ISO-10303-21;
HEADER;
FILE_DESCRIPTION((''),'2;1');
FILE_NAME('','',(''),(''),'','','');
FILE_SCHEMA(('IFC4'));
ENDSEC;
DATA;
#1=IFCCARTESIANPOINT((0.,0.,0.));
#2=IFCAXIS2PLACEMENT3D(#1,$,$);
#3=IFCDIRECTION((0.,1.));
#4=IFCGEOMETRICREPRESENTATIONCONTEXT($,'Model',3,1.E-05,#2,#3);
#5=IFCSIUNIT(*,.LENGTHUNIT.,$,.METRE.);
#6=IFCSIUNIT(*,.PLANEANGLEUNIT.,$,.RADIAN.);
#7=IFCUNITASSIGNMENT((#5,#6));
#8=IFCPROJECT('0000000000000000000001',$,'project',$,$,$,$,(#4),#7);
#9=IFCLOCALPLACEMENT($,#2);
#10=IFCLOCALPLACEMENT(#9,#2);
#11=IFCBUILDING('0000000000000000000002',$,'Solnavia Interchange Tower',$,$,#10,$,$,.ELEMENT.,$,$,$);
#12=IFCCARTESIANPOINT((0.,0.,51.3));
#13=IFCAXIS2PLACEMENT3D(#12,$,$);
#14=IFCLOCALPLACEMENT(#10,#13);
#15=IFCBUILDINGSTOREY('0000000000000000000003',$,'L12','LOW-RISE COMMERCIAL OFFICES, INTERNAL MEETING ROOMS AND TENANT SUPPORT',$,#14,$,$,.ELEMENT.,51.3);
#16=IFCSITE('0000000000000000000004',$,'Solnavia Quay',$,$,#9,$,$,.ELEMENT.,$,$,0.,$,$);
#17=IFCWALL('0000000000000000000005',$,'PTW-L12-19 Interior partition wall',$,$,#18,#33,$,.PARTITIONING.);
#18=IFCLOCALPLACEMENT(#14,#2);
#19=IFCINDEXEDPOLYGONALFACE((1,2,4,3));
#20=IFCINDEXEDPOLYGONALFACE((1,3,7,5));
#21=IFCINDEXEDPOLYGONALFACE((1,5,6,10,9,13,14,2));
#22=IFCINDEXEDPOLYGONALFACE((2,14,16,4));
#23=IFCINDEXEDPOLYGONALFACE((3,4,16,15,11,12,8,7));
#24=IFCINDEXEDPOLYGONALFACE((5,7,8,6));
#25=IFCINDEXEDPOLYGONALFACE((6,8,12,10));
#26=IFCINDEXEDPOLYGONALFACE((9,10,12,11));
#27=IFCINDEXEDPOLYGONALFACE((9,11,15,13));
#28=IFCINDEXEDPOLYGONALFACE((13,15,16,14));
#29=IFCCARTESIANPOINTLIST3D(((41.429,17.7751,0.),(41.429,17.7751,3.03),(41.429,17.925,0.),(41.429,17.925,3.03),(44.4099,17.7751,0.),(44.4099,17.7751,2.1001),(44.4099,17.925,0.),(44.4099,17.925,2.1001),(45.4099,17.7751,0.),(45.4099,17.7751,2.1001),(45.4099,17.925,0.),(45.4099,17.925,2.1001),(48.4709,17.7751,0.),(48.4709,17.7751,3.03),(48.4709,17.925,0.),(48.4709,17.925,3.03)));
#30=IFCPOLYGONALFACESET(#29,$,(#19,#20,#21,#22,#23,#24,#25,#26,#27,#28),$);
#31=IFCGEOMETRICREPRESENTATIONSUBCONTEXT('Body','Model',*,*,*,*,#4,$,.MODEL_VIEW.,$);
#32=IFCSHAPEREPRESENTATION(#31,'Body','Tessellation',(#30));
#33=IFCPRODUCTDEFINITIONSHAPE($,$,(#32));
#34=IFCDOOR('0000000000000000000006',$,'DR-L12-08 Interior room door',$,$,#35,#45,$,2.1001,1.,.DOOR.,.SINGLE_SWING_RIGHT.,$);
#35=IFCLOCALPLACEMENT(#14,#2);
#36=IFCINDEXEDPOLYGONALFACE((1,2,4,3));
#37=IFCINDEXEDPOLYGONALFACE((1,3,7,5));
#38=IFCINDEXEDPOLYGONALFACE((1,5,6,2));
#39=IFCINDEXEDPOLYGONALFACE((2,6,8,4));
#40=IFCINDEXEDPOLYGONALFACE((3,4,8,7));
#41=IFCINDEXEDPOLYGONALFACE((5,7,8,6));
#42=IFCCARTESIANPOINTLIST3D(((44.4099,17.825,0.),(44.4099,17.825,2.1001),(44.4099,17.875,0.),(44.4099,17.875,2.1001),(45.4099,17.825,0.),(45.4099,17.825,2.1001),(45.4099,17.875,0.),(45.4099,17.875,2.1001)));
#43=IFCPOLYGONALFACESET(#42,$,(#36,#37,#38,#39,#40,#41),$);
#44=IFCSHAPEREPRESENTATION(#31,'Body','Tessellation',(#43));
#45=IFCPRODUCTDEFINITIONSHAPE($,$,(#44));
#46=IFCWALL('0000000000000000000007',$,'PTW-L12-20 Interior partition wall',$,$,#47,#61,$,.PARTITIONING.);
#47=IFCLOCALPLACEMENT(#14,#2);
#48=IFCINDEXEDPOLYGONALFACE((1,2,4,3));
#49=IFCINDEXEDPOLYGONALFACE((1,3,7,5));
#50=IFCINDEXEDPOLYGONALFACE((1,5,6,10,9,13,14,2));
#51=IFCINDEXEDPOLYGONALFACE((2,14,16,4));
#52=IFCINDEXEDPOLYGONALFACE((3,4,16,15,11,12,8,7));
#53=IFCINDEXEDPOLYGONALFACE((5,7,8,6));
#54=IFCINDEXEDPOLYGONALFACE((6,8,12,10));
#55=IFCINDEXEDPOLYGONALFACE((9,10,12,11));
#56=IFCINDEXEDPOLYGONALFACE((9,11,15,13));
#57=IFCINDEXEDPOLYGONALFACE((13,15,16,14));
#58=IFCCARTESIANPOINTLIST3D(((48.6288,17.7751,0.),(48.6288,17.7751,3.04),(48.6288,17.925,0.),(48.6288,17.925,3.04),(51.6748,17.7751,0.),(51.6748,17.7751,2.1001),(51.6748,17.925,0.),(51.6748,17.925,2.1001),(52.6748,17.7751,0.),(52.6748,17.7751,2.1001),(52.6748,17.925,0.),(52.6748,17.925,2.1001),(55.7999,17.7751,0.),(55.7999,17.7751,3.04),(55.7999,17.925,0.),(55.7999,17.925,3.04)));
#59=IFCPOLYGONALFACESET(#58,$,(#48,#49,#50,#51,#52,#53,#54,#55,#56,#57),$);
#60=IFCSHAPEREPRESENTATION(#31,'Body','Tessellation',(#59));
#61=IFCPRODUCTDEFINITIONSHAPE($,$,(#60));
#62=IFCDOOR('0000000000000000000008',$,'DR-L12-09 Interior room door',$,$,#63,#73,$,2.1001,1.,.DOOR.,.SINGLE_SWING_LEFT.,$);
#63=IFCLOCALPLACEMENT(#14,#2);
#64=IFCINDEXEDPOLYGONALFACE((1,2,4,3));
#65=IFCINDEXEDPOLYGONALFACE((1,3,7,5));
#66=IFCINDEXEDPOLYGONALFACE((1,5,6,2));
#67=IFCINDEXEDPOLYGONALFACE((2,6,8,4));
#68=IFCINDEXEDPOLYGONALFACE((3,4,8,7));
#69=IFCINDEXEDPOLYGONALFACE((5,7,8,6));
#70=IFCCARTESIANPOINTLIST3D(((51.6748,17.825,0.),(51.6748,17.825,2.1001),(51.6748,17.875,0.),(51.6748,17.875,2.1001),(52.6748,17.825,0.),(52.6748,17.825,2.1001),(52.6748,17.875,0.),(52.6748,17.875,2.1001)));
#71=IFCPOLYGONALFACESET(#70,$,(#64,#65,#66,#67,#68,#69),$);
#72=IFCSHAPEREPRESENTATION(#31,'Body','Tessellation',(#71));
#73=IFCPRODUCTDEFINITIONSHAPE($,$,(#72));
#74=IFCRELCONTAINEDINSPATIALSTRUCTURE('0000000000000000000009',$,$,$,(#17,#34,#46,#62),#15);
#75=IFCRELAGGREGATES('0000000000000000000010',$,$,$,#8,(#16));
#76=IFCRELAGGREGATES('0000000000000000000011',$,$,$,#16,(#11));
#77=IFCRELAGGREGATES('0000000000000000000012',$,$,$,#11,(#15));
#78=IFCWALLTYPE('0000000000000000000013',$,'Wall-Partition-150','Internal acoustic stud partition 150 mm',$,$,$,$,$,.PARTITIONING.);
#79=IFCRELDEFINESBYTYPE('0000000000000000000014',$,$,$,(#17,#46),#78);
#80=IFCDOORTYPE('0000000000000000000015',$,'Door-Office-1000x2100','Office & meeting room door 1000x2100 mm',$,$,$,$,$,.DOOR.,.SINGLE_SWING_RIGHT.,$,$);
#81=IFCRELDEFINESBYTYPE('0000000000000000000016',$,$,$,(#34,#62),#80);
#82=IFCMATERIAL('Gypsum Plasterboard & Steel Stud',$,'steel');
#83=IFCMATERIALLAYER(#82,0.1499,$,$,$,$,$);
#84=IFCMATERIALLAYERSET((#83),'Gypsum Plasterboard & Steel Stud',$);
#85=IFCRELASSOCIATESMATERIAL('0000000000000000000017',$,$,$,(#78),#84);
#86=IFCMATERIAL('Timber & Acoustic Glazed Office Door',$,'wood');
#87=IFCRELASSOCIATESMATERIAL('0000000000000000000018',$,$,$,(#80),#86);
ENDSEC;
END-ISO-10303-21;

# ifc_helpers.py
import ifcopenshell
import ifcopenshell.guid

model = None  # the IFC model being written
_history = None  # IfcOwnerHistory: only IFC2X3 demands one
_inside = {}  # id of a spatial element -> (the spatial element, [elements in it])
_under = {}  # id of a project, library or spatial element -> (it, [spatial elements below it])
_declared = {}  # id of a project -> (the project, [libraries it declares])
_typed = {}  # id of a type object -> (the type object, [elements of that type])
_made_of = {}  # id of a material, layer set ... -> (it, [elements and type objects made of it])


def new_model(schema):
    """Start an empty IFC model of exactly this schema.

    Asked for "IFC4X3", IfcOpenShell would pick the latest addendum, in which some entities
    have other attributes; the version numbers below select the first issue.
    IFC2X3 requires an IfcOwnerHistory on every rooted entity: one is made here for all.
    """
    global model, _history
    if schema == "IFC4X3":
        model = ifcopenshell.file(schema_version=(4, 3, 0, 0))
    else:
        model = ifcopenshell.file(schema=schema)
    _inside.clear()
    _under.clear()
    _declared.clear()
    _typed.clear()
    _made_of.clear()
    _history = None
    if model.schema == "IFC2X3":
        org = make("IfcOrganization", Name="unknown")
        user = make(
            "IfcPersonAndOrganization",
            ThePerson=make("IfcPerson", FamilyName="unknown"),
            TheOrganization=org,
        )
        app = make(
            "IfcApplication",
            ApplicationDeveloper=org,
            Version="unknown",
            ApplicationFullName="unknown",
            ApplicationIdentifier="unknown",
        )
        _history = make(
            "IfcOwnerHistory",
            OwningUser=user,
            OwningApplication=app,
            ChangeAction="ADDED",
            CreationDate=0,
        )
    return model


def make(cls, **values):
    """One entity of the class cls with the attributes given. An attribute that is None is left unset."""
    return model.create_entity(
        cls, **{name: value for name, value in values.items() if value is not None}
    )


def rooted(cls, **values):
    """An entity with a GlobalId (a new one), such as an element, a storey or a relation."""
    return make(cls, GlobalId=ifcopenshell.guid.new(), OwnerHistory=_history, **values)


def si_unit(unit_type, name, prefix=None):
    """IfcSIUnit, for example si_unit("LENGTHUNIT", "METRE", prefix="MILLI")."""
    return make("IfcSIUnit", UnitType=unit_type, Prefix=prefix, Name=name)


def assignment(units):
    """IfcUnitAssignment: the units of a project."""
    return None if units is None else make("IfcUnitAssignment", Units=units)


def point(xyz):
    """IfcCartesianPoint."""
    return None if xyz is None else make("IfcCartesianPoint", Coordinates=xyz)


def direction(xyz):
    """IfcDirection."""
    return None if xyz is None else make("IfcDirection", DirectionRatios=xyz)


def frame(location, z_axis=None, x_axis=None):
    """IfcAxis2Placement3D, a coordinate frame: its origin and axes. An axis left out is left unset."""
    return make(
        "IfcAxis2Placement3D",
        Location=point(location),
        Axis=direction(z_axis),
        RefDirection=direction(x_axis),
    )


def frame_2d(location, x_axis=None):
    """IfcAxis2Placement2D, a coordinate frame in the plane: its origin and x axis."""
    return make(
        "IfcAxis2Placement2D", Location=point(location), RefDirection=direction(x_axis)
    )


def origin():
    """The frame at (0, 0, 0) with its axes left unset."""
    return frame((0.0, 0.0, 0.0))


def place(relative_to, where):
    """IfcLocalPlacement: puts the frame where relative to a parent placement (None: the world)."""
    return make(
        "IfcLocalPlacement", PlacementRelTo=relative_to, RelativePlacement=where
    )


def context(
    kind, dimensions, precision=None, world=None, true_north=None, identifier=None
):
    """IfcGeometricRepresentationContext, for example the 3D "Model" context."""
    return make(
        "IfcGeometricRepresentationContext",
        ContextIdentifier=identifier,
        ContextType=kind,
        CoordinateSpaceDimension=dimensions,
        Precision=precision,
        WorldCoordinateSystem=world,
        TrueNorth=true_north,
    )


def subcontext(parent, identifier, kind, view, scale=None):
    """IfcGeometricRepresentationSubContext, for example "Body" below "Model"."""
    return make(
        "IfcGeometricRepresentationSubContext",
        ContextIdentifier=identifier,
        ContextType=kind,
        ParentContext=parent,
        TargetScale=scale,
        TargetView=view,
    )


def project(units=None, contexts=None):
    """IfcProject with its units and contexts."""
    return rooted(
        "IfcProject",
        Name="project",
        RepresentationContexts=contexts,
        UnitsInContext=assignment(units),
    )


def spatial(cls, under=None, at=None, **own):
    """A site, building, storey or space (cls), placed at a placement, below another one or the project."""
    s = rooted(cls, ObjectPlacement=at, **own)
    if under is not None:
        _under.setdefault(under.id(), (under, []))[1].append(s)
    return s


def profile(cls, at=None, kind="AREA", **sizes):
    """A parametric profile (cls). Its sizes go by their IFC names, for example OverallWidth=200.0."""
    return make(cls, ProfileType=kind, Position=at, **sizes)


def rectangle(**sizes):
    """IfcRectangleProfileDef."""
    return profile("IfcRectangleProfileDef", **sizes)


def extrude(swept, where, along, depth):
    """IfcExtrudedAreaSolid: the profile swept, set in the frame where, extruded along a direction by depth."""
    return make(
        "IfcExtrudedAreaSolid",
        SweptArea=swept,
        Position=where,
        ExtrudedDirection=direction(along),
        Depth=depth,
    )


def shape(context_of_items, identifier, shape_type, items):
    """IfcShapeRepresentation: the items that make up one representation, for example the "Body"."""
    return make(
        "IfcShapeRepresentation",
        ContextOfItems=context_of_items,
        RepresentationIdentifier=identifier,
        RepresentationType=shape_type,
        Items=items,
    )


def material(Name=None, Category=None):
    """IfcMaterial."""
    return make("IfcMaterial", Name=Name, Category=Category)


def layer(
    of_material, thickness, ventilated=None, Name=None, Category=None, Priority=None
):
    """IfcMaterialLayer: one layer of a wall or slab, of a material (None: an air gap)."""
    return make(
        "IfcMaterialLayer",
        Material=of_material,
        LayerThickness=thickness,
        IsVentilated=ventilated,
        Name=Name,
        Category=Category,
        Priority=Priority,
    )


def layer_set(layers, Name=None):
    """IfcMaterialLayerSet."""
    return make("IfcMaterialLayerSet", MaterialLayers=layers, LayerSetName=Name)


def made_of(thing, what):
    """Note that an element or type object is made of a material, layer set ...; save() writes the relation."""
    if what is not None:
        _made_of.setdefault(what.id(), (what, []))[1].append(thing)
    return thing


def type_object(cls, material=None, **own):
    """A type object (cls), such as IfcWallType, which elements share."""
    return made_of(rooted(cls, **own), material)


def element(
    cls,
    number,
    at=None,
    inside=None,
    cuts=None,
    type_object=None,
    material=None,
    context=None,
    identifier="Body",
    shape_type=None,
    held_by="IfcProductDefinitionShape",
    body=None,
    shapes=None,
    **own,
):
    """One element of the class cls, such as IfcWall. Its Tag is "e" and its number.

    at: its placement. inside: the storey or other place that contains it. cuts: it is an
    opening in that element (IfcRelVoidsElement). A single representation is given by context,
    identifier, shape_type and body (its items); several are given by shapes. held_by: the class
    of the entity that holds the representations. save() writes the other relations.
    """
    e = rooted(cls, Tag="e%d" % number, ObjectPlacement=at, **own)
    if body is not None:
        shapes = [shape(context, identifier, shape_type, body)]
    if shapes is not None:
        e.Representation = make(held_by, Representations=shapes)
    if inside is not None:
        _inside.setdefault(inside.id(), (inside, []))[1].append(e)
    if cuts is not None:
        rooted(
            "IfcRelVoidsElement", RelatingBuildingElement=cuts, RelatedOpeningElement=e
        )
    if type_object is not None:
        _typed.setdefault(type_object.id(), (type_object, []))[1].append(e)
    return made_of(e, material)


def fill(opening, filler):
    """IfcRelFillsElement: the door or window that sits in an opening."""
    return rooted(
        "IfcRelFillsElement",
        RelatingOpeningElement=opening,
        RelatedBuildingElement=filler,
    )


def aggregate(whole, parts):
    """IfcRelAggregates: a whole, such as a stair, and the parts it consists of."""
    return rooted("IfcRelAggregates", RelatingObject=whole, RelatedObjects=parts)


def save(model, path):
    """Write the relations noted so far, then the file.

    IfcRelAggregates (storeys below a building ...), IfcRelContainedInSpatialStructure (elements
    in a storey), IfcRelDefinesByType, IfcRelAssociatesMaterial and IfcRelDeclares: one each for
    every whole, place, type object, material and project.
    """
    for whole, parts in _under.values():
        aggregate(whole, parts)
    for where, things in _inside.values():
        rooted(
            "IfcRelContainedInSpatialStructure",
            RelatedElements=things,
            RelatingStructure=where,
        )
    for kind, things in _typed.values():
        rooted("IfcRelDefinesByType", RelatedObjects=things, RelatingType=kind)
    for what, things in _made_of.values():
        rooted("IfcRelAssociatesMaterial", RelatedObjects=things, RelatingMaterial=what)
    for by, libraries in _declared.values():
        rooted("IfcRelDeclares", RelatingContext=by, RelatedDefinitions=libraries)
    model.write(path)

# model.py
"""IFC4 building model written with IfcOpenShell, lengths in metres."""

from ifc_helpers import new_model, si_unit, direction, frame, frame_2d, origin, place, context, subcontext, project, spatial, rectangle, extrude, material, layer, layer_set, type_object, element, fill, save


model = new_model("IFC4")

# Units and contexts
model_context = context("Model", 3, precision=1e-05, world=origin(), true_north=direction((0.0, 1.0)))
body_context = subcontext(model_context, "Body", "Model", "MODEL_VIEW")
ifc_project = project(units=[si_unit("LENGTHUNIT", "METRE"), si_unit("PLANEANGLEUNIT", "RADIAN")], contexts=[model_context])

# Site, building, storey
site_placement = place(None, origin())
site = spatial("IfcSite", under=ifc_project, at=site_placement, Name="Solnavia Quay", CompositionType="ELEMENT", RefElevation=0.0)
building_placement = place(site_placement, origin())
building = spatial("IfcBuilding", under=site, at=building_placement, Name="Solnavia Interchange Tower", CompositionType="ELEMENT")
storey_placement = place(building_placement, frame((0.0, 0.0, 51.3)))
storey = spatial("IfcBuildingStorey", under=building, at=storey_placement, Name="L12", Description="LOW-RISE COMMERCIAL OFFICES, INTERNAL MEETING ROOMS AND TENANT SUPPORT", CompositionType="ELEMENT", Elevation=51.3)

# Shared definitions
ifc_material_1 = material(Name="Gypsum Plasterboard & Steel Stud", Category="steel")
ifc_layer_1 = layer(ifc_material_1, 0.1499)
ifc_layer_set_1 = layer_set([ifc_layer_1], Name="Gypsum Plasterboard & Steel Stud")
wall_type_1 = type_object("IfcWallType", Name="Wall-Partition-150", Description="Internal acoustic stud partition 150 mm", PredefinedType="PARTITIONING", material=ifc_layer_set_1)

# Walls, openings, doors
wall_1_placement = place(storey_placement, frame((41.429, 17.8501, 0.0), z_axis=(0.0, 0.0, 1.0), x_axis=(1.0, 0.0, 0.0)))
wall_1 = element("IfcWall", 1, at=wall_1_placement, inside=storey, type_object=wall_type_1, Name="PTW-L12-19 Interior partition wall", PredefinedType="PARTITIONING", context=body_context, shape_type="SweptSolid", body=[
    extrude(rectangle(XDim=7.042, YDim=0.1499, at=frame_2d((3.521, 0.0))), origin(), (0.0, 0.0, 1.0), 3.03),
])
opening_1_placement = place(wall_1_placement, frame((2.981, 0.0, 0.0)))
opening_1 = element("IfcOpeningElement", 2, at=opening_1_placement, cuts=wall_1, PredefinedType="OPENING", context=body_context, shape_type="SweptSolid", body=[
    extrude(rectangle(XDim=1.0, YDim=2.1001, at=frame_2d((0.5, 1.05))), frame((0.0, 0.085, 0.0), z_axis=(0.0, -1.0, 0.0), x_axis=(1.0, 0.0, 0.0)), (0.0, 0.0, 1.0), 0.1699),
])
ifc_material_2 = material(Name="Timber & Acoustic Glazed Office Door", Category="wood")
door_type = type_object("IfcDoorType", Name="Door-Office-1000x2100", Description="Office & meeting room door 1000x2100 mm", OperationType="SINGLE_SWING_RIGHT", PredefinedType="DOOR", material=ifc_material_2)
door_1_placement = place(opening_1_placement, origin())
door_1 = element("IfcDoor", 3, at=door_1_placement, inside=storey, type_object=door_type, Name="DR-L12-08 Interior room door", OperationType="SINGLE_SWING_RIGHT", OverallHeight=2.1001, OverallWidth=1.0, PredefinedType="DOOR", context=body_context, shape_type="SweptSolid", body=[
    extrude(rectangle(XDim=1.0, YDim=2.1001, at=frame_2d((0.5, 1.05))), frame((0.0, 0.0249, 0.0), z_axis=(0.0, -1.0, 0.0), x_axis=(1.0, 0.0, 0.0)), (0.0, 0.0, 1.0), 0.05),
])
fill(opening_1, door_1)
wall_2_placement = place(storey_placement, frame((48.6289, 17.8501, 0.0), z_axis=(0.0, 0.0, 1.0), x_axis=(1.0, 0.0, 0.0)))
wall_2 = element("IfcWall", 4, at=wall_2_placement, inside=storey, type_object=wall_type_1, Name="PTW-L12-20 Interior partition wall", PredefinedType="PARTITIONING", context=body_context, shape_type="SweptSolid", body=[
    extrude(rectangle(XDim=7.1711, YDim=0.1499, at=frame_2d((3.5854, 0.0))), origin(), (0.0, 0.0, 1.0), 3.04),
])
opening_2_placement = place(wall_2_placement, frame((3.0459, 0.0, 0.0)))
opening_2 = element("IfcOpeningElement", 5, at=opening_2_placement, cuts=wall_2, PredefinedType="OPENING", context=body_context, shape_type="SweptSolid", body=[
    extrude(rectangle(XDim=1.0, YDim=2.1001, at=frame_2d((0.5, 1.05))), frame((0.0, 0.085, 0.0), z_axis=(0.0, -1.0, 0.0), x_axis=(1.0, 0.0, 0.0)), (0.0, 0.0, 1.0), 0.1699),
])
door_2_placement = place(opening_2_placement, origin())
door_2 = element("IfcDoor", 6, at=door_2_placement, inside=storey, type_object=door_type, Name="DR-L12-09 Interior room door", OperationType="SINGLE_SWING_LEFT", OverallHeight=2.1001, OverallWidth=1.0, PredefinedType="DOOR", context=body_context, shape_type="SweptSolid", body=[
    extrude(rectangle(XDim=1.0, YDim=2.1001, at=frame_2d((0.5, 1.05))), frame((0.0, 0.0249, 0.0), z_axis=(0.0, -1.0, 0.0), x_axis=(1.0, 0.0, 0.0)), (0.0, 0.0, 1.0), 0.05),
])
fill(opening_2, door_2)

save(model, "model.ifc")
